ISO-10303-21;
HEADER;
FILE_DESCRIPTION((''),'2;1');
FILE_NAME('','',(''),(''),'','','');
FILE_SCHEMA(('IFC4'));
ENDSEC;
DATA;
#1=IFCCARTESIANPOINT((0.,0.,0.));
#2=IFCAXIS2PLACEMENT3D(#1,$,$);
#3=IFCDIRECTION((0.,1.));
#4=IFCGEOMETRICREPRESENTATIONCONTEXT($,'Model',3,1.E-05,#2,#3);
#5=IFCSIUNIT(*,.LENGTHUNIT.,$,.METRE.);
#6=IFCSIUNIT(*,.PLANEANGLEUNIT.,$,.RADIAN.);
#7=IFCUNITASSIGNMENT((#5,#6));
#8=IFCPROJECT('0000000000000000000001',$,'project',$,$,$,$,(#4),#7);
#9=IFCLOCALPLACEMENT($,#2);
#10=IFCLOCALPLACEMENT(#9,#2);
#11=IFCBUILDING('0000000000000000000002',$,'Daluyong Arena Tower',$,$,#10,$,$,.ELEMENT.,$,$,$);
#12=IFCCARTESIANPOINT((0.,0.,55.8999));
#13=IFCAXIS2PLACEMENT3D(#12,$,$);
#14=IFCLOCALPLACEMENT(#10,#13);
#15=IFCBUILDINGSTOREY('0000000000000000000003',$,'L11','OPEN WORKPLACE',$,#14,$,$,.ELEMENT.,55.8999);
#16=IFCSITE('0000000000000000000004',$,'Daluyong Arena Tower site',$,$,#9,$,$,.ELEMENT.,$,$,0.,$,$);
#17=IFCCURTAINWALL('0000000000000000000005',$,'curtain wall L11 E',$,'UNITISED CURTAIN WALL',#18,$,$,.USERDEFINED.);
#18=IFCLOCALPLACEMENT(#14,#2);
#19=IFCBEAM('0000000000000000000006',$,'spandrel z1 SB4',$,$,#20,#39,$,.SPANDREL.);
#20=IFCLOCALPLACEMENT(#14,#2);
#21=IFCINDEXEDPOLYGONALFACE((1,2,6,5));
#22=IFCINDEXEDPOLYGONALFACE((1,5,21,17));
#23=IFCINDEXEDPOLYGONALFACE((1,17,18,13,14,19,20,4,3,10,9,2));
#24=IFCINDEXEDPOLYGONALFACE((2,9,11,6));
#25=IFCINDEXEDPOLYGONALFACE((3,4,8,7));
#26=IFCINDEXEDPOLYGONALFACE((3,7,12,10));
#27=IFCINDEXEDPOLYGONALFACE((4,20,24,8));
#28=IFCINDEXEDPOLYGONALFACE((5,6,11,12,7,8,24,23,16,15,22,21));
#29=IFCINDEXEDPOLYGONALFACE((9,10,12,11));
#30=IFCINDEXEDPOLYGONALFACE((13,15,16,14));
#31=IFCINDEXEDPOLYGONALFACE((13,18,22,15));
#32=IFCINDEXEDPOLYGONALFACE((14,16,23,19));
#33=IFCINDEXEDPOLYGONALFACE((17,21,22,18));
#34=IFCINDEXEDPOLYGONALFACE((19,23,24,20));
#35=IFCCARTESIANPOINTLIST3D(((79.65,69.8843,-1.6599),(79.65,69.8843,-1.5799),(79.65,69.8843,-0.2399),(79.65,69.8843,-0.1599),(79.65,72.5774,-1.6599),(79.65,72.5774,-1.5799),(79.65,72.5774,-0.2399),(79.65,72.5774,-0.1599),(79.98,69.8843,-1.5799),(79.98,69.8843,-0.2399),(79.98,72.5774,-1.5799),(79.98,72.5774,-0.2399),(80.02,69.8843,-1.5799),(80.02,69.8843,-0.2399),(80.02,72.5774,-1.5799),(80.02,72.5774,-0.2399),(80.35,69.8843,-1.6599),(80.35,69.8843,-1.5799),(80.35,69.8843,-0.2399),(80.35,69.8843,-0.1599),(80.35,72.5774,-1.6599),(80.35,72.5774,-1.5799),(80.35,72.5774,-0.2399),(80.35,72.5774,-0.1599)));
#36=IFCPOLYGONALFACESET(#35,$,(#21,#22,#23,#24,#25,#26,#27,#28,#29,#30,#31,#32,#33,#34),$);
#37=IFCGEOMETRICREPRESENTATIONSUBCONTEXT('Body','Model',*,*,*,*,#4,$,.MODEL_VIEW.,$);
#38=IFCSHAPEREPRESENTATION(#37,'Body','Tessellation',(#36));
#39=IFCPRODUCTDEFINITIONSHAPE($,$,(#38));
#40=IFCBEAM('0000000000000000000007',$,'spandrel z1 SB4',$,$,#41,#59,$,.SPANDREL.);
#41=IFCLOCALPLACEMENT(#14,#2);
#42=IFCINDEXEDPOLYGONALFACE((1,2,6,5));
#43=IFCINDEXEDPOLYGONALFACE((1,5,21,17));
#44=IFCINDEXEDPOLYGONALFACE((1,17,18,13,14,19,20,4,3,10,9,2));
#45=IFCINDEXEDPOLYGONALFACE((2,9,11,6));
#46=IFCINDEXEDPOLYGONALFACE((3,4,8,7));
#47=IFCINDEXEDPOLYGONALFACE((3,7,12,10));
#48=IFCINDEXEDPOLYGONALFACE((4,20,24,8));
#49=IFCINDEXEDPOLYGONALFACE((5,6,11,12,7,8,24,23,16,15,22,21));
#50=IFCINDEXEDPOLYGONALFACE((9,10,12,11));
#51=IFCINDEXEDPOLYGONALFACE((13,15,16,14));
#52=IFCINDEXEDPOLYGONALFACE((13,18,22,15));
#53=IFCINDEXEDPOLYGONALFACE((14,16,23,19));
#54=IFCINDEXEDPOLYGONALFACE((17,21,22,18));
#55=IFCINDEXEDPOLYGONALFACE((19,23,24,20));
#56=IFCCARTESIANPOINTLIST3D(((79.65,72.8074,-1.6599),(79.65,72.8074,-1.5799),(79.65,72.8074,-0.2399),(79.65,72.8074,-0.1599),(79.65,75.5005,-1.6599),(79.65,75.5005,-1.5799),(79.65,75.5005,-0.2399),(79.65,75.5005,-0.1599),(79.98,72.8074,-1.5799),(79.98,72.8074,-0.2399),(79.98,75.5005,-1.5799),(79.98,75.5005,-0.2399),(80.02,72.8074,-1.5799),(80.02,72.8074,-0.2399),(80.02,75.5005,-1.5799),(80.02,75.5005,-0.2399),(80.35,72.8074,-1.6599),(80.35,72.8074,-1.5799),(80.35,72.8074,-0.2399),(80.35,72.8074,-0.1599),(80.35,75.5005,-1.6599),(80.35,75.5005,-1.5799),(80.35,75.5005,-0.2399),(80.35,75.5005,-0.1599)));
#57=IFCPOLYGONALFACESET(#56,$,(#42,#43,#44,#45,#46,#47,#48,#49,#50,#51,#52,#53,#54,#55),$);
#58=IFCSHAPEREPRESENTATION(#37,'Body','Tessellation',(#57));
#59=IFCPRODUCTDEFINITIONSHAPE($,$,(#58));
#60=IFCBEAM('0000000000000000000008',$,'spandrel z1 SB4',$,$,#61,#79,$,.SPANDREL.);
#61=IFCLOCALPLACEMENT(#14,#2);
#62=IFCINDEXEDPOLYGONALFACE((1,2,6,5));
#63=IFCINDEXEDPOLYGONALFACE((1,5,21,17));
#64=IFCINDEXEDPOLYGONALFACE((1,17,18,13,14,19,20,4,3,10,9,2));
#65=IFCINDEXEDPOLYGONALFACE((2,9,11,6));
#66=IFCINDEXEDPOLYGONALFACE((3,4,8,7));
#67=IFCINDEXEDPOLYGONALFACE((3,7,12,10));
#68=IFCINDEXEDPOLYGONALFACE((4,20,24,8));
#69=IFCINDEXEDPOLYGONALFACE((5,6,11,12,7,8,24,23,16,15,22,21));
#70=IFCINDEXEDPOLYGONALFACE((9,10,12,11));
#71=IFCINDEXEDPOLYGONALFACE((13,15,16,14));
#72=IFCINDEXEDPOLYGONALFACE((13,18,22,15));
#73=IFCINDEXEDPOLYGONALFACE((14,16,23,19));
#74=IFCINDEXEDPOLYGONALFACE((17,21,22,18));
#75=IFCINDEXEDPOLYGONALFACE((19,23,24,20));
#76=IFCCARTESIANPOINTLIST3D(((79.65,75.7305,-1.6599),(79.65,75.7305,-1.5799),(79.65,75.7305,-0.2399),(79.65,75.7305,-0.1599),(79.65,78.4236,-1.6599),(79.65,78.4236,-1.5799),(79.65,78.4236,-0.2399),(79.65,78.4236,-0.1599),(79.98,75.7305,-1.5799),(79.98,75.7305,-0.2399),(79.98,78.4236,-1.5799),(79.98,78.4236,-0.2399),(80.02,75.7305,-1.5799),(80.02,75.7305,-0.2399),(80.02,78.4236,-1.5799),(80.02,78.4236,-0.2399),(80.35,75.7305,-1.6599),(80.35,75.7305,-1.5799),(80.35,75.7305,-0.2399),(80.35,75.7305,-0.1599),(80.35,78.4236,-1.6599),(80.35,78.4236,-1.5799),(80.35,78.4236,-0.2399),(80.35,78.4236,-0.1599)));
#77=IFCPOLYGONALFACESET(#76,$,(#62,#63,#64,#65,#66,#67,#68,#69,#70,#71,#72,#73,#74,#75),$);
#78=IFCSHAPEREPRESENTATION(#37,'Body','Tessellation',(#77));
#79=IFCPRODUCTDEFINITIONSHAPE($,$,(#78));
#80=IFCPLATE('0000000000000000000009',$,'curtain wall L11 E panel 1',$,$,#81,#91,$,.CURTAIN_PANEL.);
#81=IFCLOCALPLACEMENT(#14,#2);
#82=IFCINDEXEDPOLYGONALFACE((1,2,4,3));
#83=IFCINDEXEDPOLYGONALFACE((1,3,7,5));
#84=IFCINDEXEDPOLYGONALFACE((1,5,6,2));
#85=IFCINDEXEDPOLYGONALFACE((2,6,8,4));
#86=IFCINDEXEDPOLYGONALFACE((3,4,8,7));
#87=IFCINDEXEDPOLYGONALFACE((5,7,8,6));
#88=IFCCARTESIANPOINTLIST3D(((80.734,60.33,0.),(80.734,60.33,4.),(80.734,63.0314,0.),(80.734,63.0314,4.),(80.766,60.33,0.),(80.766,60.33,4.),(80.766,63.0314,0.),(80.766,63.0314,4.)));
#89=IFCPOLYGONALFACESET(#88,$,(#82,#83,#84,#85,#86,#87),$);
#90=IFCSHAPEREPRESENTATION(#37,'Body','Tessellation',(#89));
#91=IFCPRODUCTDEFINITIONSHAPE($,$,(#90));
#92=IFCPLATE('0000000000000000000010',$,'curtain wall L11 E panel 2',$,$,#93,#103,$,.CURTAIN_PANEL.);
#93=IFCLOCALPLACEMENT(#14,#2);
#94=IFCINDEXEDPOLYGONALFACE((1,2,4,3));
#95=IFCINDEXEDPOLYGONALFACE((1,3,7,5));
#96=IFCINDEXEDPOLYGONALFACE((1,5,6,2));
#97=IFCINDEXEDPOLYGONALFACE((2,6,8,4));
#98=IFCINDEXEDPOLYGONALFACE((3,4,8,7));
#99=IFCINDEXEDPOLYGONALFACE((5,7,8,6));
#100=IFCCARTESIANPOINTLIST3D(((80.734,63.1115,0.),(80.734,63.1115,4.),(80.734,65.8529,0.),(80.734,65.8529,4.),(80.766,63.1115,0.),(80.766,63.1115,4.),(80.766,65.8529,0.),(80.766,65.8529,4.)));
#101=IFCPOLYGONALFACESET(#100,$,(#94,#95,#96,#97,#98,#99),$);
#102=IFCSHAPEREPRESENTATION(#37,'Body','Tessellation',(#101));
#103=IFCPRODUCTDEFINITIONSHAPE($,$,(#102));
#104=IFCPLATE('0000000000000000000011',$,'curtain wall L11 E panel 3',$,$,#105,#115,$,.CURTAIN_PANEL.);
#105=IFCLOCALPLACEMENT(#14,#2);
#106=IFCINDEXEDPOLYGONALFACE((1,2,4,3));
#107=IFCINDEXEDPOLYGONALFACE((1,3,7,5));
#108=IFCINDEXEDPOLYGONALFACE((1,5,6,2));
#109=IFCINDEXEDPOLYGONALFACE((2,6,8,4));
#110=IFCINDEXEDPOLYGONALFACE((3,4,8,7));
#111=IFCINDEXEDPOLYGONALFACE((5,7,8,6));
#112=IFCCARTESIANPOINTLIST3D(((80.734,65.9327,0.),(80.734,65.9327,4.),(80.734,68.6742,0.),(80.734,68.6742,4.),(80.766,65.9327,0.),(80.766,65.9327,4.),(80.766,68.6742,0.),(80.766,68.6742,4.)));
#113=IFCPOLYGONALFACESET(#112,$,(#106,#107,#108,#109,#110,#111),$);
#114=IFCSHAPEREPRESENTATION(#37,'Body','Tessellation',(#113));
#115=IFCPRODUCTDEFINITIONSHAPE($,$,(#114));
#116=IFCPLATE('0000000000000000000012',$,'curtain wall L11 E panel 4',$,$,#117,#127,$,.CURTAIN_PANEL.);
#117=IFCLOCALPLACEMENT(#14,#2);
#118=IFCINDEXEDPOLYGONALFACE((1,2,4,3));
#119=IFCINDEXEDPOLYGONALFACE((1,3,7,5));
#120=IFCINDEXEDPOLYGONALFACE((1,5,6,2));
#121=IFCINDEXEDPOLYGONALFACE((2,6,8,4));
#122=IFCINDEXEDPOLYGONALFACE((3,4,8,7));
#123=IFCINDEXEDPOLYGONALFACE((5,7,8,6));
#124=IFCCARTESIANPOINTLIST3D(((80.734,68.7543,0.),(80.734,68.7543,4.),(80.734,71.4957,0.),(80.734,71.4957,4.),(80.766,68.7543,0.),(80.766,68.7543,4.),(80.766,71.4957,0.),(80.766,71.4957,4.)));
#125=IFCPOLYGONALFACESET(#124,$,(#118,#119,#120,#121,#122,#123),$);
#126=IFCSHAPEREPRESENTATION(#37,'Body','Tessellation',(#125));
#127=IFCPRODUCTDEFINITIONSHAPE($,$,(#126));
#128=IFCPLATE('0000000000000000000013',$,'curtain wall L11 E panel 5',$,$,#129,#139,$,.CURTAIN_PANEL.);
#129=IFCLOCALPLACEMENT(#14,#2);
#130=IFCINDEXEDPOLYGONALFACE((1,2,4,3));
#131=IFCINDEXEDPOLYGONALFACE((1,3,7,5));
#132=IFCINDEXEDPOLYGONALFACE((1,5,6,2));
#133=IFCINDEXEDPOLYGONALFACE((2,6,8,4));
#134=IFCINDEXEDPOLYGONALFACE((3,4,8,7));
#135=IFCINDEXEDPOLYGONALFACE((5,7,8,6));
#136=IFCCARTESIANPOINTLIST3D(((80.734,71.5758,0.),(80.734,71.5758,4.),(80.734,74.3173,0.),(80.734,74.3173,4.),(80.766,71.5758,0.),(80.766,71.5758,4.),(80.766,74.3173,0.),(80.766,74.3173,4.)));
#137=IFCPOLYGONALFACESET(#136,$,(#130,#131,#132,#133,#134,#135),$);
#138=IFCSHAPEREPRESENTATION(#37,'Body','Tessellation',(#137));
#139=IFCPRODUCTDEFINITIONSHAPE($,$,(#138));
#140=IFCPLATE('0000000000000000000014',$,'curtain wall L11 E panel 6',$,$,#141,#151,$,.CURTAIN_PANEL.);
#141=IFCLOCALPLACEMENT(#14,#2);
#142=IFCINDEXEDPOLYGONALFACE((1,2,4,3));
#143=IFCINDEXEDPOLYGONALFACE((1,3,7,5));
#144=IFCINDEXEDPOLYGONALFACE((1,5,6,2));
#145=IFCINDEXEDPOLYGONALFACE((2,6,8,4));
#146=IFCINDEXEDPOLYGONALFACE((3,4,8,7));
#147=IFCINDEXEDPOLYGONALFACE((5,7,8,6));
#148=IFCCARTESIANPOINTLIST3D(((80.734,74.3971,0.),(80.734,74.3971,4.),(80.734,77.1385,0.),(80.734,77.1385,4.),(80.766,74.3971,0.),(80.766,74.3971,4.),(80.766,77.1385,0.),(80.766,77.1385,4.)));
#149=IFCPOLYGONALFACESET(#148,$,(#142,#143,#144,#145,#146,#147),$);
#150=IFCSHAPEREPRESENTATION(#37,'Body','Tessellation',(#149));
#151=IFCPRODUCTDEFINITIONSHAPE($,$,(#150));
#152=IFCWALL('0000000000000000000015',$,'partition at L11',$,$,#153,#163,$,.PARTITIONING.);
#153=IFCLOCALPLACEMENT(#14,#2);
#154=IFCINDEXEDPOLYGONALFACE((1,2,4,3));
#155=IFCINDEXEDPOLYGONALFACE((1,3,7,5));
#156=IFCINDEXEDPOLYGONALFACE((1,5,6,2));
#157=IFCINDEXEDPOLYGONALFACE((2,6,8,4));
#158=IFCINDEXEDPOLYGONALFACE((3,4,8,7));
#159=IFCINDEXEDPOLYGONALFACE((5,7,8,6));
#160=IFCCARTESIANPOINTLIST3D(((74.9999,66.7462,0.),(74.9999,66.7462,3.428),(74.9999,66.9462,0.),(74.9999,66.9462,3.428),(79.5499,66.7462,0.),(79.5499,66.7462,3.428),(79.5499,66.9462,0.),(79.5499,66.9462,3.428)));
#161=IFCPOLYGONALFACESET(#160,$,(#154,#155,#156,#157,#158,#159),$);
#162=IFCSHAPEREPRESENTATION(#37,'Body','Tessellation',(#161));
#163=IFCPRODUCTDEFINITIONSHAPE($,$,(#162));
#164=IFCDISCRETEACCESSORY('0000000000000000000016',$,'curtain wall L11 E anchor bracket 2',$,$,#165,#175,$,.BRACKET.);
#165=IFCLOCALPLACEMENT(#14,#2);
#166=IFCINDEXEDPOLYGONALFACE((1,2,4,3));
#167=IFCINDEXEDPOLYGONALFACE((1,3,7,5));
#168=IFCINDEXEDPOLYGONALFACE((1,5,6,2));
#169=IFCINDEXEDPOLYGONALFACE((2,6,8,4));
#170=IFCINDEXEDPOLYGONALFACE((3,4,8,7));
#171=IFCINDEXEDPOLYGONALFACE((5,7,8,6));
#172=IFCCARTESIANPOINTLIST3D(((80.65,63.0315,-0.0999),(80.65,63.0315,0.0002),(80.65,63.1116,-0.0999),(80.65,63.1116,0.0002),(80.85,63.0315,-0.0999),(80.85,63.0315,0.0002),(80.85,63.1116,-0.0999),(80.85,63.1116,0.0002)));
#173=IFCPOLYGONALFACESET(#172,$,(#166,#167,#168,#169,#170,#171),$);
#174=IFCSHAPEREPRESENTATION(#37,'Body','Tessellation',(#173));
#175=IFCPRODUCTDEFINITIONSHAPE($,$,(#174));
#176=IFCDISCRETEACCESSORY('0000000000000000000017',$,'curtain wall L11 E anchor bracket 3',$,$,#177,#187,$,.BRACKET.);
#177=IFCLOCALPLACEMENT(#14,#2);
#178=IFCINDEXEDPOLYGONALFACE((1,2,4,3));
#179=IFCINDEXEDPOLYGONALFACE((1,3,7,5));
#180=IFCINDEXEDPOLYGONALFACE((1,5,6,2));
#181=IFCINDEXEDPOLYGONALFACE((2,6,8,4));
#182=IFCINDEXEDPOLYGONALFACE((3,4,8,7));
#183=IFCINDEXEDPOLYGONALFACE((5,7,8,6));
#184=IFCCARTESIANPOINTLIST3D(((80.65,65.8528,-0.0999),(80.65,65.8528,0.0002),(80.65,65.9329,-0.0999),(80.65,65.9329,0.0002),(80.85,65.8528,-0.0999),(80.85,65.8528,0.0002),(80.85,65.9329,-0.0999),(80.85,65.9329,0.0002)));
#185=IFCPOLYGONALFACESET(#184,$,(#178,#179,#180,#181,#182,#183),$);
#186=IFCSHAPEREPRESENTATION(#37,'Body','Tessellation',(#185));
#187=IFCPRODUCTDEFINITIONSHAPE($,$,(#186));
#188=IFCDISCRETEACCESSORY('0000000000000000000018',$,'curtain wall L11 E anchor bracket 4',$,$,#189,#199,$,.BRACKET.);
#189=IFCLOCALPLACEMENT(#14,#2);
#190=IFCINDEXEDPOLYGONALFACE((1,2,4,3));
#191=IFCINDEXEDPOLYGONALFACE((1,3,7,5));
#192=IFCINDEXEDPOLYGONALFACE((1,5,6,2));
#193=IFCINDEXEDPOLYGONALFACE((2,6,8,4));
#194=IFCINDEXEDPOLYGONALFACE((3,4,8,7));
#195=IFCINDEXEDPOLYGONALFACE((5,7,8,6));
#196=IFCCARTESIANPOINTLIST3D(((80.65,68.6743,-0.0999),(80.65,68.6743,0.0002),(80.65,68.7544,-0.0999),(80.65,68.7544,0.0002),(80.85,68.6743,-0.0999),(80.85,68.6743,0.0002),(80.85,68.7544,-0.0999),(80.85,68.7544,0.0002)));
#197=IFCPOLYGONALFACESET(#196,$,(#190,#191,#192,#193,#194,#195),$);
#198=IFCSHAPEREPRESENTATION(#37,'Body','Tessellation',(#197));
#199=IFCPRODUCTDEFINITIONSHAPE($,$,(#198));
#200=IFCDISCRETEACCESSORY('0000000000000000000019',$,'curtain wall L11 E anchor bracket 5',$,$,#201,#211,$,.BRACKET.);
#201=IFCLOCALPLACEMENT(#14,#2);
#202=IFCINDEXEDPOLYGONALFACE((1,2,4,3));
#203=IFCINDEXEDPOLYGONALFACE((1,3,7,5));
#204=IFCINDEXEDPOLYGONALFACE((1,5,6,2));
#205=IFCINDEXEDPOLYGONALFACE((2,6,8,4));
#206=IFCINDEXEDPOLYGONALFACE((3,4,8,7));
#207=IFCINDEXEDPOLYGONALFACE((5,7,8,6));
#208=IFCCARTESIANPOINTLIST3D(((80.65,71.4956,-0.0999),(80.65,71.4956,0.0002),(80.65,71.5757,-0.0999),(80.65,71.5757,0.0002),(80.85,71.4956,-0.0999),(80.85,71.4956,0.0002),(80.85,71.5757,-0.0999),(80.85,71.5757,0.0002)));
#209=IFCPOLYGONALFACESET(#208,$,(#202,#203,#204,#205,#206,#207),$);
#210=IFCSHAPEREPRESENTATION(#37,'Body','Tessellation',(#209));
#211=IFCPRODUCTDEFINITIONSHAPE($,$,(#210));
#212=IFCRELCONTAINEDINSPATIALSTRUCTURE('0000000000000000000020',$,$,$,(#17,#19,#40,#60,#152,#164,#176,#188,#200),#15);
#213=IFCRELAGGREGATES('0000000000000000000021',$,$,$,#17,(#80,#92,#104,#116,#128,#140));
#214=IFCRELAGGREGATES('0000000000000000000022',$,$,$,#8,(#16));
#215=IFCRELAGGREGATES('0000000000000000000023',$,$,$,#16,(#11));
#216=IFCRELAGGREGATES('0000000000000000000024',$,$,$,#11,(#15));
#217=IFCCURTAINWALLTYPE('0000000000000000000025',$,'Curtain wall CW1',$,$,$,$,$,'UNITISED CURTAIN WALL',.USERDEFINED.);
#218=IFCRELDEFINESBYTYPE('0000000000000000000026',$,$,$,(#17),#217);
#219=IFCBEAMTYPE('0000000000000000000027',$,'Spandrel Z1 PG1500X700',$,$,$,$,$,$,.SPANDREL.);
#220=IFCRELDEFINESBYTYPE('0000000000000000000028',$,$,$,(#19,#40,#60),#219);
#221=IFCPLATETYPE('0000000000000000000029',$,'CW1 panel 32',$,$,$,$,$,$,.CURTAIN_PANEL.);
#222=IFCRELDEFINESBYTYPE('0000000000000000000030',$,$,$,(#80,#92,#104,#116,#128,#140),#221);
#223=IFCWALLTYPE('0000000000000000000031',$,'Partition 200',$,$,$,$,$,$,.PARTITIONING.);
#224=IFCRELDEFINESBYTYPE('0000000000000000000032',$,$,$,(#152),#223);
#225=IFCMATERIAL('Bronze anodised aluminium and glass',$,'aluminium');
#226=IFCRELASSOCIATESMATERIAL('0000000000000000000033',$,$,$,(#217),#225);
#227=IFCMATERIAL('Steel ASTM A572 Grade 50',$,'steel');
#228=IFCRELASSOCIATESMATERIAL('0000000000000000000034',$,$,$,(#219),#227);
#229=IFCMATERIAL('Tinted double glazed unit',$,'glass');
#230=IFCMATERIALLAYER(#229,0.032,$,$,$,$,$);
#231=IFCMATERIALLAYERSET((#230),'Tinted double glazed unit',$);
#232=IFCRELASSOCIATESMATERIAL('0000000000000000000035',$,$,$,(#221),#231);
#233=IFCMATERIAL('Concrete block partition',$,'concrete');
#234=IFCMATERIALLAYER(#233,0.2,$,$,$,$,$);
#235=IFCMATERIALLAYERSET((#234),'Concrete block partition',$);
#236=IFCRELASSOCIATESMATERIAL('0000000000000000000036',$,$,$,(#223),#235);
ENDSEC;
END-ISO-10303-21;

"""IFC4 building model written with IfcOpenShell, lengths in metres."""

from ifc_helpers import new_model, si_unit, direction, frame, frame_2d, origin, origin_2d, place, context, subcontext, project, spatial, rectangle, i_section, extrude, material, layer, layer_set, material_profile, profile_set, type_object, element, aggregate, save


model = new_model("IFC4")

# Units and contexts
model_context = context("Model", 3, precision=1e-05, world=origin(), true_north=direction((0.0, 1.0)))
body_context = subcontext(model_context, "Body", "Model", "MODEL_VIEW")
ifc_project = project(units=[si_unit("LENGTHUNIT", "METRE"), si_unit("PLANEANGLEUNIT", "RADIAN")], contexts=[model_context])

# Site, building, storey
site_placement = place(None, origin())
site = spatial("IfcSite", under=ifc_project, at=site_placement, Name="Daluyong Arena Tower site", CompositionType="ELEMENT", RefElevation=0.0)
building_placement = place(site_placement, origin())
building = spatial("IfcBuilding", under=site, at=building_placement, Name="Daluyong Arena Tower", CompositionType="ELEMENT")
storey_placement = place(building_placement, frame((0.0, 0.0, 55.8999)))
storey = spatial("IfcBuildingStorey", under=building, at=storey_placement, Name="L11", Description="OPEN WORKPLACE", CompositionType="ELEMENT", Elevation=55.8999)

# Curtain wall
ifc_material_1 = material(Name="Bronze anodised aluminium and glass", Category="aluminium")
curtain_wall_type = type_object("IfcCurtainWallType", Name="Curtain wall CW1", ElementType="UNITISED CURTAIN WALL", PredefinedType="USERDEFINED", material=ifc_material_1)
curtain_wall_placement = place(storey_placement, origin())
curtain_wall = element("IfcCurtainWall", 1, at=curtain_wall_placement, inside=storey, type_object=curtain_wall_type, Name="curtain wall L11 E", ObjectType="UNITISED CURTAIN WALL", PredefinedType="USERDEFINED")

# Beams
ifc_material_2 = material(Name="Steel ASTM A572 Grade 50", Category="steel")
ifc_material_profile_1 = material_profile(ifc_material_2, i_section(OverallWidth=0.7, OverallDepth=1.5, WebThickness=0.04, FlangeThickness=0.08, at=origin_2d()))
ifc_profile_set_1 = profile_set([ifc_material_profile_1], Name="Steel ASTM A572 Grade 50")
beam_type_1 = type_object("IfcBeamType", Name="Spandrel Z1 PG1500X700", PredefinedType="SPANDREL", material=ifc_profile_set_1)
for number, where, z_axis, x_axis, name in (
    (2, (80.0, 69.8843, -0.9099), (0.0, 1.0, 0.0), (-1.0, 0.0, 0.0), "spandrel z1 SB4"),
    (3, (80.0, 72.8074, -0.9099), (0.0, 1.0, 0.0), (-1.0, 0.0, 0.0), "spandrel z1 SB4"),
    (4, (80.0, 75.7305, -0.9099), (0.0, 1.0, 0.0), (-1.0, 0.0, 0.0), "spandrel z1 SB4"),
):
    element("IfcBeam", number, at=place(storey_placement, frame(where, z_axis=z_axis, x_axis=x_axis)), inside=storey, type_object=beam_type_1, Name=name, PredefinedType="SPANDREL", context=body_context, shape_type="SweptSolid", body=[
        extrude(i_section(OverallWidth=0.7, OverallDepth=1.5, WebThickness=0.04, FlangeThickness=0.08, at=origin_2d()), origin(), (0.0, 0.0, 1.0), 2.6931),
    ])

# Plates
ifc_material_3 = material(Name="Tinted double glazed unit", Category="glass")
ifc_layer_1 = layer(ifc_material_3, 0.032)
ifc_layer_set_1 = layer_set([ifc_layer_1], Name="Tinted double glazed unit")
plate_type = type_object("IfcPlateType", Name="CW1 panel 32", PredefinedType="CURTAIN_PANEL", material=ifc_layer_set_1)
plate_1_placement = place(storey_placement, frame((80.75, 61.6807, 0.0), z_axis=(0.0, 0.0, 1.0), x_axis=(0.0, 1.0, 0.0)))
plate_1 = element("IfcPlate", 5, at=plate_1_placement, type_object=plate_type, Name="curtain wall L11 E panel 1", PredefinedType="CURTAIN_PANEL", context=body_context, shape_type="SweptSolid", body=[
    extrude(rectangle(XDim=2.7014, YDim=0.032, at=origin_2d()), origin(), (0.0, 0.0, 1.0), 4.0),
])
plate_2_placement = place(storey_placement, frame((80.75, 64.4822, 0.0), z_axis=(0.0, 0.0, 1.0), x_axis=(0.0, 1.0, 0.0)))
plate_2 = element("IfcPlate", 6, at=plate_2_placement, type_object=plate_type, Name="curtain wall L11 E panel 2", PredefinedType="CURTAIN_PANEL", context=body_context, shape_type="SweptSolid", body=[
    extrude(rectangle(XDim=2.7415, YDim=0.032, at=origin_2d()), origin(), (0.0, 0.0, 1.0), 4.0),
])
plate_3_placement = place(storey_placement, frame((80.75, 67.3035, 0.0), z_axis=(0.0, 0.0, 1.0), x_axis=(0.0, 1.0, 0.0)))
plate_3 = element("IfcPlate", 7, at=plate_3_placement, type_object=plate_type, Name="curtain wall L11 E panel 3", PredefinedType="CURTAIN_PANEL", context=body_context, shape_type="SweptSolid", body=[
    extrude(rectangle(XDim=2.7415, YDim=0.032, at=origin_2d()), origin(), (0.0, 0.0, 1.0), 4.0),
])
plate_4_placement = place(storey_placement, frame((80.75, 70.125, 0.0), z_axis=(0.0, 0.0, 1.0), x_axis=(0.0, 1.0, 0.0)))
plate_4 = element("IfcPlate", 8, at=plate_4_placement, type_object=plate_type, Name="curtain wall L11 E panel 4", PredefinedType="CURTAIN_PANEL", context=body_context, shape_type="SweptSolid", body=[
    extrude(rectangle(XDim=2.7415, YDim=0.032, at=origin_2d()), origin(), (0.0, 0.0, 1.0), 4.0),
])
plate_5_placement = place(storey_placement, frame((80.75, 72.9465, 0.0), z_axis=(0.0, 0.0, 1.0), x_axis=(0.0, 1.0, 0.0)))
plate_5 = element("IfcPlate", 9, at=plate_5_placement, type_object=plate_type, Name="curtain wall L11 E panel 5", PredefinedType="CURTAIN_PANEL", context=body_context, shape_type="SweptSolid", body=[
    extrude(rectangle(XDim=2.7415, YDim=0.032, at=origin_2d()), origin(), (0.0, 0.0, 1.0), 4.0),
])
plate_6_placement = place(storey_placement, frame((80.75, 75.7678, 0.0), z_axis=(0.0, 0.0, 1.0), x_axis=(0.0, 1.0, 0.0)))
plate_6 = element("IfcPlate", 10, at=plate_6_placement, type_object=plate_type, Name="curtain wall L11 E panel 6", PredefinedType="CURTAIN_PANEL", context=body_context, shape_type="SweptSolid", body=[
    extrude(rectangle(XDim=2.7415, YDim=0.032, at=origin_2d()), origin(), (0.0, 0.0, 1.0), 4.0),
])
aggregate(curtain_wall, [plate_1, plate_2, plate_3, plate_4, plate_5, plate_6])

# Wall
ifc_material_4 = material(Name="Concrete block partition", Category="concrete")
ifc_layer_2 = layer(ifc_material_4, 0.2)
ifc_layer_set_2 = layer_set([ifc_layer_2], Name="Concrete block partition")
wall_type = type_object("IfcWallType", Name="Partition 200", PredefinedType="PARTITIONING", material=ifc_layer_set_2)
wall_placement = place(storey_placement, frame((75.0, 66.8462, 0.0), z_axis=(0.0, 0.0, 1.0), x_axis=(1.0, 0.0, 0.0)))
element("IfcWall", 11, at=wall_placement, inside=storey, type_object=wall_type, Name="partition at L11", PredefinedType="PARTITIONING", context=body_context, shape_type="SweptSolid", body=[
    extrude(rectangle(XDim=4.55, YDim=0.2, at=frame_2d((2.2749, 0.0))), origin(), (0.0, 0.0, 1.0), 3.428),
])

# Discrete accessories
for number, where, z_axis, x_axis, name in (
    (12, (80.75, 63.0715, -0.0999), (0.0, 0.0, 1.0), (0.0, 1.0, 0.0), "curtain wall L11 E anchor bracket 2"),
    (13, (80.75, 65.8928, -0.0999), (0.0, 0.0, 1.0), (0.0, 1.0, 0.0), "curtain wall L11 E anchor bracket 3"),
    (14, (80.75, 68.7144, -0.0999), (0.0, 0.0, 1.0), (0.0, 1.0, 0.0), "curtain wall L11 E anchor bracket 4"),
    (15, (80.75, 71.5356, -0.0999), (0.0, 0.0, 1.0), (0.0, 1.0, 0.0), "curtain wall L11 E anchor bracket 5"),
):
    element("IfcDiscreteAccessory", number, at=place(storey_placement, frame(where, z_axis=z_axis, x_axis=x_axis)), inside=storey, Name=name, PredefinedType="BRACKET", context=body_context, shape_type="SweptSolid", body=[
        extrude(rectangle(XDim=0.0801, YDim=0.2, at=origin_2d()), origin(), (0.0, 0.0, 1.0), 0.1001),
    ])

save(model, "model.ifc")
